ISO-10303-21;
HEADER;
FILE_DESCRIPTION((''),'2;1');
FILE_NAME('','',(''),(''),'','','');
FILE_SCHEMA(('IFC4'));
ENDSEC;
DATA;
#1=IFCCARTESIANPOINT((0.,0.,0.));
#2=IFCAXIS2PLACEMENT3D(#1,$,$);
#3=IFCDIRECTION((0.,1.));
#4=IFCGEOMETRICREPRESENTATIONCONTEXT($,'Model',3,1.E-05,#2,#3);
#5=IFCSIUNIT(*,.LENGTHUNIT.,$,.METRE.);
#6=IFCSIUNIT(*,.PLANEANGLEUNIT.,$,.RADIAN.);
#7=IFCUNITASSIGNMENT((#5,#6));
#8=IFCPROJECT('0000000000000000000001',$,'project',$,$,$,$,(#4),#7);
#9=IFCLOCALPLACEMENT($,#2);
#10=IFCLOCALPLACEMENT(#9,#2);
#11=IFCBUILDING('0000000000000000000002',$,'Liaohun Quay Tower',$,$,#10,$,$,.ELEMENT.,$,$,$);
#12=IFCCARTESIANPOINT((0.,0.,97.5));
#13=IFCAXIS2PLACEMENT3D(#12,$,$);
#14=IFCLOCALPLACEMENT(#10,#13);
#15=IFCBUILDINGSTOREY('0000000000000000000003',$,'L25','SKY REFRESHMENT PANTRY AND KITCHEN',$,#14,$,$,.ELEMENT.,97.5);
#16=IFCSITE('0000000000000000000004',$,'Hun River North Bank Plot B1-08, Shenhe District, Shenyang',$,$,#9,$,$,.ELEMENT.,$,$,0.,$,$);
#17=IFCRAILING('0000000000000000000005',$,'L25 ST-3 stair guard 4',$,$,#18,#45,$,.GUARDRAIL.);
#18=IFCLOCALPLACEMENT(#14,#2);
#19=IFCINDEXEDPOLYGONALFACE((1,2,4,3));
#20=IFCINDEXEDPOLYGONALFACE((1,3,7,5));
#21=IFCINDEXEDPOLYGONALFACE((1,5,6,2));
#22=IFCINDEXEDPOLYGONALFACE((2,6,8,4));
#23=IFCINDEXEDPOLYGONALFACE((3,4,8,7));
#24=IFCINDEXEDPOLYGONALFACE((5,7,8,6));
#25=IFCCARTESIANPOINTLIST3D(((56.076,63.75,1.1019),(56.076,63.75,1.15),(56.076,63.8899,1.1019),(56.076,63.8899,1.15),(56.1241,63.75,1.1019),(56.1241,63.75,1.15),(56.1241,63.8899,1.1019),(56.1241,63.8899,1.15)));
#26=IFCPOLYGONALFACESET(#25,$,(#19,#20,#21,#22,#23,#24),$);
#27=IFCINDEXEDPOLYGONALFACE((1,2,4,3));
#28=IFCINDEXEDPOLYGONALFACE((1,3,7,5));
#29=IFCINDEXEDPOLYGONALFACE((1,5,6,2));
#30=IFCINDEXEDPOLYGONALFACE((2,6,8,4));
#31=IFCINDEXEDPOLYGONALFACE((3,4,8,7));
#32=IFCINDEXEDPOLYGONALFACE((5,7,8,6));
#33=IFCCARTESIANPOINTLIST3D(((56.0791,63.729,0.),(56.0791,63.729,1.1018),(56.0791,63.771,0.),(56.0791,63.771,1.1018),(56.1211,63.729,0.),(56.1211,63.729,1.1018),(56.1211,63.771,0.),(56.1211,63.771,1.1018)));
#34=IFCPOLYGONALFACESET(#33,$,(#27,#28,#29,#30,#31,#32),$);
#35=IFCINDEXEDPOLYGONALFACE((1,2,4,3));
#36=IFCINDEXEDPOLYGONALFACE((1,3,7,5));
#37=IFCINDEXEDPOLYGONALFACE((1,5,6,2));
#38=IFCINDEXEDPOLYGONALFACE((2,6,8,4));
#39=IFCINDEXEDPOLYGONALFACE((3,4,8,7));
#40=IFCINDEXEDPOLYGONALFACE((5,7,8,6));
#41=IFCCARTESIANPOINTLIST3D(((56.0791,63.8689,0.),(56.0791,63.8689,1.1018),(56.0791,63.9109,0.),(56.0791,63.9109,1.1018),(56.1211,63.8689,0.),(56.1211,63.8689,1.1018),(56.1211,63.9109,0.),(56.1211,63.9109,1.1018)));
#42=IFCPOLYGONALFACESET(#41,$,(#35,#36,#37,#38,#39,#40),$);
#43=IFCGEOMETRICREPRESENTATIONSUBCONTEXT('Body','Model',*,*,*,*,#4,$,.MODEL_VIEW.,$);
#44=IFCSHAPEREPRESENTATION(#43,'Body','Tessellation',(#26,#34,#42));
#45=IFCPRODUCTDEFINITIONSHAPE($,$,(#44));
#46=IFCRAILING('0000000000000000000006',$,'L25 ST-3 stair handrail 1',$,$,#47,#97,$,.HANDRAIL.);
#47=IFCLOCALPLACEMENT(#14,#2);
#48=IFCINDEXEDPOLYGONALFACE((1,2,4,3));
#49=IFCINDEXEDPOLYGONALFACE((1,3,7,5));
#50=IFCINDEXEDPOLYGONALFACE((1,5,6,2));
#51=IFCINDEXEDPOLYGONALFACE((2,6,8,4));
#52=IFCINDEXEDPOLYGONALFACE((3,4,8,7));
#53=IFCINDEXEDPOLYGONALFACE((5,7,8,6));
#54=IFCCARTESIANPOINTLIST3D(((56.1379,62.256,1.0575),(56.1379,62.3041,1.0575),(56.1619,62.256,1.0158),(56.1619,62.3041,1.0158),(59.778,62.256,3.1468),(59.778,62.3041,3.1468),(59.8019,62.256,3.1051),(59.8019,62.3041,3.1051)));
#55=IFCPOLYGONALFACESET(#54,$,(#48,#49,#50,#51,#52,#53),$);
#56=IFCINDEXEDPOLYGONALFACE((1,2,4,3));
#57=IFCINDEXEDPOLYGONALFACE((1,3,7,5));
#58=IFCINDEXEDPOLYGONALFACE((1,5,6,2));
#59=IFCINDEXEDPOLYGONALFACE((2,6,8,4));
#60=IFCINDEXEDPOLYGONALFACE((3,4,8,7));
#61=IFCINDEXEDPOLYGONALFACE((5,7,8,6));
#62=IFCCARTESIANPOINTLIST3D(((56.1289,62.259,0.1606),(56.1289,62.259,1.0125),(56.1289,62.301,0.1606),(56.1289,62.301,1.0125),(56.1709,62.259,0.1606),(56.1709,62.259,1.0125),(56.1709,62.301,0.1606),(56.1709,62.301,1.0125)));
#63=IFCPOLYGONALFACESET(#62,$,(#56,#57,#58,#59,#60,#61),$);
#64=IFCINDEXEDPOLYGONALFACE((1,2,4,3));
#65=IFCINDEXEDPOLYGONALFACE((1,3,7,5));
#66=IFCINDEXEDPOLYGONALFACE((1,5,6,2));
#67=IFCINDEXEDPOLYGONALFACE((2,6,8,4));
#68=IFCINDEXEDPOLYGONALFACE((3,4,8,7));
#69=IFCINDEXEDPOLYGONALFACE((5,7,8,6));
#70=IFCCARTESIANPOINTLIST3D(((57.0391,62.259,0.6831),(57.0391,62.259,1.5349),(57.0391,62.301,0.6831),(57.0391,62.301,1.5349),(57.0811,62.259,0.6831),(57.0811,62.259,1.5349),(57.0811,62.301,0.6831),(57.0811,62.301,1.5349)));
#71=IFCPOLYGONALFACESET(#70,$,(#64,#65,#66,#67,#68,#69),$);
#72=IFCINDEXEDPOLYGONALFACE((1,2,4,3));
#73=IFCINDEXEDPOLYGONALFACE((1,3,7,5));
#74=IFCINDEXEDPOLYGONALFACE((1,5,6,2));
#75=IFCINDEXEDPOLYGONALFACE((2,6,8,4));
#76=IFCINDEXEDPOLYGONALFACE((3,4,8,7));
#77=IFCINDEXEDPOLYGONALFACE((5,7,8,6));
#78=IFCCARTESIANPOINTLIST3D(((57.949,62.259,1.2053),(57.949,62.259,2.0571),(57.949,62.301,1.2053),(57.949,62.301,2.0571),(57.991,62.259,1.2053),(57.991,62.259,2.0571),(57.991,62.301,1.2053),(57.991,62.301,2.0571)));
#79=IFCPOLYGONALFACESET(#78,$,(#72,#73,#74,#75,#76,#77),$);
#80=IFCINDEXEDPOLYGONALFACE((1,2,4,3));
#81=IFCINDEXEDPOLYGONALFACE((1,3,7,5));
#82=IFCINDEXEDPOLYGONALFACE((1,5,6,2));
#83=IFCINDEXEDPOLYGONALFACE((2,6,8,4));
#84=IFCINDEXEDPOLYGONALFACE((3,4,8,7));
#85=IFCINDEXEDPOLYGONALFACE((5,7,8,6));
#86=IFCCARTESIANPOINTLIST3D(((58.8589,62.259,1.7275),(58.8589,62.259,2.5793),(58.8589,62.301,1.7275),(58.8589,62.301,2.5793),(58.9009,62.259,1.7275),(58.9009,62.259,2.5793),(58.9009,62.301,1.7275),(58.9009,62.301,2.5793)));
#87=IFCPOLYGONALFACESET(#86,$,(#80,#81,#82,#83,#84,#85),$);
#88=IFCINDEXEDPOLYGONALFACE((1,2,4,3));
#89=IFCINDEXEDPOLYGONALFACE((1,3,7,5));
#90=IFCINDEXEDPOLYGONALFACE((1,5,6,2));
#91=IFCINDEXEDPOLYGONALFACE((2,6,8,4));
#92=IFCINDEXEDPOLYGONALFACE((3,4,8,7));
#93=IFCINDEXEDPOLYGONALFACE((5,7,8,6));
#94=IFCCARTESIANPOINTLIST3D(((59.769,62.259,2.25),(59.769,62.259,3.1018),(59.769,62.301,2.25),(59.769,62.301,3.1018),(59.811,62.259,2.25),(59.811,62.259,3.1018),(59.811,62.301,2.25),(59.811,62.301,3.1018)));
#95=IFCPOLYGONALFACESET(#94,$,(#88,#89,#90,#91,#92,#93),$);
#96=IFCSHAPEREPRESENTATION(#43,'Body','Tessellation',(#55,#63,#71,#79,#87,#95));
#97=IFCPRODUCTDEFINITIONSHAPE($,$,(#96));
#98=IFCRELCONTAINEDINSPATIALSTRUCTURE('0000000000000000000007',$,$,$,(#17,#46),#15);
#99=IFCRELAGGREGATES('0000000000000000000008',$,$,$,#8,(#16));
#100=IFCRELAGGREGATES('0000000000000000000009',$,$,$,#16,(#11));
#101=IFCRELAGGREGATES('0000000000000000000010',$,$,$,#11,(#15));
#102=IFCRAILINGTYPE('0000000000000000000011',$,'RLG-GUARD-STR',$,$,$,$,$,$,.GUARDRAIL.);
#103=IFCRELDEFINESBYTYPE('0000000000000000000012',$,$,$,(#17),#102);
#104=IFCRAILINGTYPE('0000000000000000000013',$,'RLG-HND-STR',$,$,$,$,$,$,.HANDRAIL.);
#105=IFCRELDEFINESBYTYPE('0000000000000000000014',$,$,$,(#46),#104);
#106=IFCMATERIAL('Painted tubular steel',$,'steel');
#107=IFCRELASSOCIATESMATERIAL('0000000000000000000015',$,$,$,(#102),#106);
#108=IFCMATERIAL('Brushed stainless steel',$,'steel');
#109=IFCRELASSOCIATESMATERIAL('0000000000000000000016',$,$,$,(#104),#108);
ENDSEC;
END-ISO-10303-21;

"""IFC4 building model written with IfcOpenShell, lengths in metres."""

from ifc_helpers import new_model, si_unit, direction, frame, origin, origin_2d, place, context, subcontext, project, spatial, rectangle, extrude, material, type_object, element, save


model = new_model("IFC4")

# Units and contexts
model_context = context("Model", 3, precision=1e-05, world=origin(), true_north=direction((0.0, 1.0)))
body_context = subcontext(model_context, "Body", "Model", "MODEL_VIEW")
ifc_project = project(units=[si_unit("LENGTHUNIT", "METRE"), si_unit("PLANEANGLEUNIT", "RADIAN")], contexts=[model_context])

# Site, building, storey
site_placement = place(None, origin())
site = spatial("IfcSite", under=ifc_project, at=site_placement, Name="Hun River North Bank Plot B1-08, Shenhe District, Shenyang", CompositionType="ELEMENT", RefElevation=0.0)
building_placement = place(site_placement, origin())
building = spatial("IfcBuilding", under=site, at=building_placement, Name="Liaohun Quay Tower", CompositionType="ELEMENT")
storey_placement = place(building_placement, frame((0.0, 0.0, 97.5)))
storey = spatial("IfcBuildingStorey", under=building, at=storey_placement, Name="L25", Description="SKY REFRESHMENT PANTRY AND KITCHEN", CompositionType="ELEMENT", Elevation=97.5)

# Railings
ifc_material_1 = material(Name="Painted tubular steel", Category="steel")
railing_type_1 = type_object("IfcRailingType", Name="RLG-GUARD-STR", PredefinedType="GUARDRAIL", material=ifc_material_1)
railing_1_placement = place(storey_placement, frame((56.1001, 63.75, 0.0)))
element("IfcRailing", 1, at=railing_1_placement, inside=storey, type_object=railing_type_1, Name="L25 ST-3 stair guard 4", PredefinedType="GUARDRAIL", context=body_context, shape_type="SweptSolid", body=[
    extrude(rectangle(XDim=0.0481, YDim=0.0481, at=origin_2d()), frame((0.0, 0.0, 1.126), z_axis=(0.0, 1.0, 0.0), x_axis=(-1.0, 0.0, 0.0)), (0.0, 0.0, 1.0), 0.1399),
    extrude(rectangle(XDim=0.042, YDim=0.042, at=origin_2d()), origin(), (0.0, 0.0, 1.0), 1.1018),
    extrude(rectangle(XDim=0.042, YDim=0.042, at=origin_2d()), frame((0.0, 0.1399, 0.0)), (0.0, 0.0, 1.0), 1.1018),
])
ifc_material_2 = material(Name="Brushed stainless steel", Category="steel")
railing_type_2 = type_object("IfcRailingType", Name="RLG-HND-STR", PredefinedType="HANDRAIL", material=ifc_material_2)
railing_2_placement = place(storey_placement, frame((56.1499, 62.28, 0.1606)))
element("IfcRailing", 2, at=railing_2_placement, inside=storey, type_object=railing_type_2, Name="L25 ST-3 stair handrail 1", PredefinedType="HANDRAIL", context=body_context, shape_type="SweptSolid", body=[
    extrude(rectangle(XDim=0.0481, YDim=0.0481, at=origin_2d()), frame((0.0, 0.0, 0.876), z_axis=(0.867289, 0.0, 0.497804), x_axis=(0.0, 1.0, 0.0)), (0.0, 0.0, 1.0), 4.197),
    extrude(rectangle(XDim=0.042, YDim=0.042, at=origin_2d()), origin(), (0.0, 0.0, 1.0), 0.8518),
    extrude(rectangle(XDim=0.042, YDim=0.042, at=origin_2d()), frame((0.9102, 0.0, 0.5225)), (0.0, 0.0, 1.0), 0.8518),
    extrude(rectangle(XDim=0.042, YDim=0.042, at=origin_2d()), frame((1.8201, 0.0, 1.0447)), (0.0, 0.0, 1.0), 0.8518),
    extrude(rectangle(XDim=0.042, YDim=0.042, at=origin_2d()), frame((2.73, 0.0, 1.5669)), (0.0, 0.0, 1.0), 0.8518),
    extrude(rectangle(XDim=0.042, YDim=0.042, at=origin_2d()), frame((3.6401, 0.0, 2.0894)), (0.0, 0.0, 1.0), 0.8518),
])

save(model, "model.ifc")
